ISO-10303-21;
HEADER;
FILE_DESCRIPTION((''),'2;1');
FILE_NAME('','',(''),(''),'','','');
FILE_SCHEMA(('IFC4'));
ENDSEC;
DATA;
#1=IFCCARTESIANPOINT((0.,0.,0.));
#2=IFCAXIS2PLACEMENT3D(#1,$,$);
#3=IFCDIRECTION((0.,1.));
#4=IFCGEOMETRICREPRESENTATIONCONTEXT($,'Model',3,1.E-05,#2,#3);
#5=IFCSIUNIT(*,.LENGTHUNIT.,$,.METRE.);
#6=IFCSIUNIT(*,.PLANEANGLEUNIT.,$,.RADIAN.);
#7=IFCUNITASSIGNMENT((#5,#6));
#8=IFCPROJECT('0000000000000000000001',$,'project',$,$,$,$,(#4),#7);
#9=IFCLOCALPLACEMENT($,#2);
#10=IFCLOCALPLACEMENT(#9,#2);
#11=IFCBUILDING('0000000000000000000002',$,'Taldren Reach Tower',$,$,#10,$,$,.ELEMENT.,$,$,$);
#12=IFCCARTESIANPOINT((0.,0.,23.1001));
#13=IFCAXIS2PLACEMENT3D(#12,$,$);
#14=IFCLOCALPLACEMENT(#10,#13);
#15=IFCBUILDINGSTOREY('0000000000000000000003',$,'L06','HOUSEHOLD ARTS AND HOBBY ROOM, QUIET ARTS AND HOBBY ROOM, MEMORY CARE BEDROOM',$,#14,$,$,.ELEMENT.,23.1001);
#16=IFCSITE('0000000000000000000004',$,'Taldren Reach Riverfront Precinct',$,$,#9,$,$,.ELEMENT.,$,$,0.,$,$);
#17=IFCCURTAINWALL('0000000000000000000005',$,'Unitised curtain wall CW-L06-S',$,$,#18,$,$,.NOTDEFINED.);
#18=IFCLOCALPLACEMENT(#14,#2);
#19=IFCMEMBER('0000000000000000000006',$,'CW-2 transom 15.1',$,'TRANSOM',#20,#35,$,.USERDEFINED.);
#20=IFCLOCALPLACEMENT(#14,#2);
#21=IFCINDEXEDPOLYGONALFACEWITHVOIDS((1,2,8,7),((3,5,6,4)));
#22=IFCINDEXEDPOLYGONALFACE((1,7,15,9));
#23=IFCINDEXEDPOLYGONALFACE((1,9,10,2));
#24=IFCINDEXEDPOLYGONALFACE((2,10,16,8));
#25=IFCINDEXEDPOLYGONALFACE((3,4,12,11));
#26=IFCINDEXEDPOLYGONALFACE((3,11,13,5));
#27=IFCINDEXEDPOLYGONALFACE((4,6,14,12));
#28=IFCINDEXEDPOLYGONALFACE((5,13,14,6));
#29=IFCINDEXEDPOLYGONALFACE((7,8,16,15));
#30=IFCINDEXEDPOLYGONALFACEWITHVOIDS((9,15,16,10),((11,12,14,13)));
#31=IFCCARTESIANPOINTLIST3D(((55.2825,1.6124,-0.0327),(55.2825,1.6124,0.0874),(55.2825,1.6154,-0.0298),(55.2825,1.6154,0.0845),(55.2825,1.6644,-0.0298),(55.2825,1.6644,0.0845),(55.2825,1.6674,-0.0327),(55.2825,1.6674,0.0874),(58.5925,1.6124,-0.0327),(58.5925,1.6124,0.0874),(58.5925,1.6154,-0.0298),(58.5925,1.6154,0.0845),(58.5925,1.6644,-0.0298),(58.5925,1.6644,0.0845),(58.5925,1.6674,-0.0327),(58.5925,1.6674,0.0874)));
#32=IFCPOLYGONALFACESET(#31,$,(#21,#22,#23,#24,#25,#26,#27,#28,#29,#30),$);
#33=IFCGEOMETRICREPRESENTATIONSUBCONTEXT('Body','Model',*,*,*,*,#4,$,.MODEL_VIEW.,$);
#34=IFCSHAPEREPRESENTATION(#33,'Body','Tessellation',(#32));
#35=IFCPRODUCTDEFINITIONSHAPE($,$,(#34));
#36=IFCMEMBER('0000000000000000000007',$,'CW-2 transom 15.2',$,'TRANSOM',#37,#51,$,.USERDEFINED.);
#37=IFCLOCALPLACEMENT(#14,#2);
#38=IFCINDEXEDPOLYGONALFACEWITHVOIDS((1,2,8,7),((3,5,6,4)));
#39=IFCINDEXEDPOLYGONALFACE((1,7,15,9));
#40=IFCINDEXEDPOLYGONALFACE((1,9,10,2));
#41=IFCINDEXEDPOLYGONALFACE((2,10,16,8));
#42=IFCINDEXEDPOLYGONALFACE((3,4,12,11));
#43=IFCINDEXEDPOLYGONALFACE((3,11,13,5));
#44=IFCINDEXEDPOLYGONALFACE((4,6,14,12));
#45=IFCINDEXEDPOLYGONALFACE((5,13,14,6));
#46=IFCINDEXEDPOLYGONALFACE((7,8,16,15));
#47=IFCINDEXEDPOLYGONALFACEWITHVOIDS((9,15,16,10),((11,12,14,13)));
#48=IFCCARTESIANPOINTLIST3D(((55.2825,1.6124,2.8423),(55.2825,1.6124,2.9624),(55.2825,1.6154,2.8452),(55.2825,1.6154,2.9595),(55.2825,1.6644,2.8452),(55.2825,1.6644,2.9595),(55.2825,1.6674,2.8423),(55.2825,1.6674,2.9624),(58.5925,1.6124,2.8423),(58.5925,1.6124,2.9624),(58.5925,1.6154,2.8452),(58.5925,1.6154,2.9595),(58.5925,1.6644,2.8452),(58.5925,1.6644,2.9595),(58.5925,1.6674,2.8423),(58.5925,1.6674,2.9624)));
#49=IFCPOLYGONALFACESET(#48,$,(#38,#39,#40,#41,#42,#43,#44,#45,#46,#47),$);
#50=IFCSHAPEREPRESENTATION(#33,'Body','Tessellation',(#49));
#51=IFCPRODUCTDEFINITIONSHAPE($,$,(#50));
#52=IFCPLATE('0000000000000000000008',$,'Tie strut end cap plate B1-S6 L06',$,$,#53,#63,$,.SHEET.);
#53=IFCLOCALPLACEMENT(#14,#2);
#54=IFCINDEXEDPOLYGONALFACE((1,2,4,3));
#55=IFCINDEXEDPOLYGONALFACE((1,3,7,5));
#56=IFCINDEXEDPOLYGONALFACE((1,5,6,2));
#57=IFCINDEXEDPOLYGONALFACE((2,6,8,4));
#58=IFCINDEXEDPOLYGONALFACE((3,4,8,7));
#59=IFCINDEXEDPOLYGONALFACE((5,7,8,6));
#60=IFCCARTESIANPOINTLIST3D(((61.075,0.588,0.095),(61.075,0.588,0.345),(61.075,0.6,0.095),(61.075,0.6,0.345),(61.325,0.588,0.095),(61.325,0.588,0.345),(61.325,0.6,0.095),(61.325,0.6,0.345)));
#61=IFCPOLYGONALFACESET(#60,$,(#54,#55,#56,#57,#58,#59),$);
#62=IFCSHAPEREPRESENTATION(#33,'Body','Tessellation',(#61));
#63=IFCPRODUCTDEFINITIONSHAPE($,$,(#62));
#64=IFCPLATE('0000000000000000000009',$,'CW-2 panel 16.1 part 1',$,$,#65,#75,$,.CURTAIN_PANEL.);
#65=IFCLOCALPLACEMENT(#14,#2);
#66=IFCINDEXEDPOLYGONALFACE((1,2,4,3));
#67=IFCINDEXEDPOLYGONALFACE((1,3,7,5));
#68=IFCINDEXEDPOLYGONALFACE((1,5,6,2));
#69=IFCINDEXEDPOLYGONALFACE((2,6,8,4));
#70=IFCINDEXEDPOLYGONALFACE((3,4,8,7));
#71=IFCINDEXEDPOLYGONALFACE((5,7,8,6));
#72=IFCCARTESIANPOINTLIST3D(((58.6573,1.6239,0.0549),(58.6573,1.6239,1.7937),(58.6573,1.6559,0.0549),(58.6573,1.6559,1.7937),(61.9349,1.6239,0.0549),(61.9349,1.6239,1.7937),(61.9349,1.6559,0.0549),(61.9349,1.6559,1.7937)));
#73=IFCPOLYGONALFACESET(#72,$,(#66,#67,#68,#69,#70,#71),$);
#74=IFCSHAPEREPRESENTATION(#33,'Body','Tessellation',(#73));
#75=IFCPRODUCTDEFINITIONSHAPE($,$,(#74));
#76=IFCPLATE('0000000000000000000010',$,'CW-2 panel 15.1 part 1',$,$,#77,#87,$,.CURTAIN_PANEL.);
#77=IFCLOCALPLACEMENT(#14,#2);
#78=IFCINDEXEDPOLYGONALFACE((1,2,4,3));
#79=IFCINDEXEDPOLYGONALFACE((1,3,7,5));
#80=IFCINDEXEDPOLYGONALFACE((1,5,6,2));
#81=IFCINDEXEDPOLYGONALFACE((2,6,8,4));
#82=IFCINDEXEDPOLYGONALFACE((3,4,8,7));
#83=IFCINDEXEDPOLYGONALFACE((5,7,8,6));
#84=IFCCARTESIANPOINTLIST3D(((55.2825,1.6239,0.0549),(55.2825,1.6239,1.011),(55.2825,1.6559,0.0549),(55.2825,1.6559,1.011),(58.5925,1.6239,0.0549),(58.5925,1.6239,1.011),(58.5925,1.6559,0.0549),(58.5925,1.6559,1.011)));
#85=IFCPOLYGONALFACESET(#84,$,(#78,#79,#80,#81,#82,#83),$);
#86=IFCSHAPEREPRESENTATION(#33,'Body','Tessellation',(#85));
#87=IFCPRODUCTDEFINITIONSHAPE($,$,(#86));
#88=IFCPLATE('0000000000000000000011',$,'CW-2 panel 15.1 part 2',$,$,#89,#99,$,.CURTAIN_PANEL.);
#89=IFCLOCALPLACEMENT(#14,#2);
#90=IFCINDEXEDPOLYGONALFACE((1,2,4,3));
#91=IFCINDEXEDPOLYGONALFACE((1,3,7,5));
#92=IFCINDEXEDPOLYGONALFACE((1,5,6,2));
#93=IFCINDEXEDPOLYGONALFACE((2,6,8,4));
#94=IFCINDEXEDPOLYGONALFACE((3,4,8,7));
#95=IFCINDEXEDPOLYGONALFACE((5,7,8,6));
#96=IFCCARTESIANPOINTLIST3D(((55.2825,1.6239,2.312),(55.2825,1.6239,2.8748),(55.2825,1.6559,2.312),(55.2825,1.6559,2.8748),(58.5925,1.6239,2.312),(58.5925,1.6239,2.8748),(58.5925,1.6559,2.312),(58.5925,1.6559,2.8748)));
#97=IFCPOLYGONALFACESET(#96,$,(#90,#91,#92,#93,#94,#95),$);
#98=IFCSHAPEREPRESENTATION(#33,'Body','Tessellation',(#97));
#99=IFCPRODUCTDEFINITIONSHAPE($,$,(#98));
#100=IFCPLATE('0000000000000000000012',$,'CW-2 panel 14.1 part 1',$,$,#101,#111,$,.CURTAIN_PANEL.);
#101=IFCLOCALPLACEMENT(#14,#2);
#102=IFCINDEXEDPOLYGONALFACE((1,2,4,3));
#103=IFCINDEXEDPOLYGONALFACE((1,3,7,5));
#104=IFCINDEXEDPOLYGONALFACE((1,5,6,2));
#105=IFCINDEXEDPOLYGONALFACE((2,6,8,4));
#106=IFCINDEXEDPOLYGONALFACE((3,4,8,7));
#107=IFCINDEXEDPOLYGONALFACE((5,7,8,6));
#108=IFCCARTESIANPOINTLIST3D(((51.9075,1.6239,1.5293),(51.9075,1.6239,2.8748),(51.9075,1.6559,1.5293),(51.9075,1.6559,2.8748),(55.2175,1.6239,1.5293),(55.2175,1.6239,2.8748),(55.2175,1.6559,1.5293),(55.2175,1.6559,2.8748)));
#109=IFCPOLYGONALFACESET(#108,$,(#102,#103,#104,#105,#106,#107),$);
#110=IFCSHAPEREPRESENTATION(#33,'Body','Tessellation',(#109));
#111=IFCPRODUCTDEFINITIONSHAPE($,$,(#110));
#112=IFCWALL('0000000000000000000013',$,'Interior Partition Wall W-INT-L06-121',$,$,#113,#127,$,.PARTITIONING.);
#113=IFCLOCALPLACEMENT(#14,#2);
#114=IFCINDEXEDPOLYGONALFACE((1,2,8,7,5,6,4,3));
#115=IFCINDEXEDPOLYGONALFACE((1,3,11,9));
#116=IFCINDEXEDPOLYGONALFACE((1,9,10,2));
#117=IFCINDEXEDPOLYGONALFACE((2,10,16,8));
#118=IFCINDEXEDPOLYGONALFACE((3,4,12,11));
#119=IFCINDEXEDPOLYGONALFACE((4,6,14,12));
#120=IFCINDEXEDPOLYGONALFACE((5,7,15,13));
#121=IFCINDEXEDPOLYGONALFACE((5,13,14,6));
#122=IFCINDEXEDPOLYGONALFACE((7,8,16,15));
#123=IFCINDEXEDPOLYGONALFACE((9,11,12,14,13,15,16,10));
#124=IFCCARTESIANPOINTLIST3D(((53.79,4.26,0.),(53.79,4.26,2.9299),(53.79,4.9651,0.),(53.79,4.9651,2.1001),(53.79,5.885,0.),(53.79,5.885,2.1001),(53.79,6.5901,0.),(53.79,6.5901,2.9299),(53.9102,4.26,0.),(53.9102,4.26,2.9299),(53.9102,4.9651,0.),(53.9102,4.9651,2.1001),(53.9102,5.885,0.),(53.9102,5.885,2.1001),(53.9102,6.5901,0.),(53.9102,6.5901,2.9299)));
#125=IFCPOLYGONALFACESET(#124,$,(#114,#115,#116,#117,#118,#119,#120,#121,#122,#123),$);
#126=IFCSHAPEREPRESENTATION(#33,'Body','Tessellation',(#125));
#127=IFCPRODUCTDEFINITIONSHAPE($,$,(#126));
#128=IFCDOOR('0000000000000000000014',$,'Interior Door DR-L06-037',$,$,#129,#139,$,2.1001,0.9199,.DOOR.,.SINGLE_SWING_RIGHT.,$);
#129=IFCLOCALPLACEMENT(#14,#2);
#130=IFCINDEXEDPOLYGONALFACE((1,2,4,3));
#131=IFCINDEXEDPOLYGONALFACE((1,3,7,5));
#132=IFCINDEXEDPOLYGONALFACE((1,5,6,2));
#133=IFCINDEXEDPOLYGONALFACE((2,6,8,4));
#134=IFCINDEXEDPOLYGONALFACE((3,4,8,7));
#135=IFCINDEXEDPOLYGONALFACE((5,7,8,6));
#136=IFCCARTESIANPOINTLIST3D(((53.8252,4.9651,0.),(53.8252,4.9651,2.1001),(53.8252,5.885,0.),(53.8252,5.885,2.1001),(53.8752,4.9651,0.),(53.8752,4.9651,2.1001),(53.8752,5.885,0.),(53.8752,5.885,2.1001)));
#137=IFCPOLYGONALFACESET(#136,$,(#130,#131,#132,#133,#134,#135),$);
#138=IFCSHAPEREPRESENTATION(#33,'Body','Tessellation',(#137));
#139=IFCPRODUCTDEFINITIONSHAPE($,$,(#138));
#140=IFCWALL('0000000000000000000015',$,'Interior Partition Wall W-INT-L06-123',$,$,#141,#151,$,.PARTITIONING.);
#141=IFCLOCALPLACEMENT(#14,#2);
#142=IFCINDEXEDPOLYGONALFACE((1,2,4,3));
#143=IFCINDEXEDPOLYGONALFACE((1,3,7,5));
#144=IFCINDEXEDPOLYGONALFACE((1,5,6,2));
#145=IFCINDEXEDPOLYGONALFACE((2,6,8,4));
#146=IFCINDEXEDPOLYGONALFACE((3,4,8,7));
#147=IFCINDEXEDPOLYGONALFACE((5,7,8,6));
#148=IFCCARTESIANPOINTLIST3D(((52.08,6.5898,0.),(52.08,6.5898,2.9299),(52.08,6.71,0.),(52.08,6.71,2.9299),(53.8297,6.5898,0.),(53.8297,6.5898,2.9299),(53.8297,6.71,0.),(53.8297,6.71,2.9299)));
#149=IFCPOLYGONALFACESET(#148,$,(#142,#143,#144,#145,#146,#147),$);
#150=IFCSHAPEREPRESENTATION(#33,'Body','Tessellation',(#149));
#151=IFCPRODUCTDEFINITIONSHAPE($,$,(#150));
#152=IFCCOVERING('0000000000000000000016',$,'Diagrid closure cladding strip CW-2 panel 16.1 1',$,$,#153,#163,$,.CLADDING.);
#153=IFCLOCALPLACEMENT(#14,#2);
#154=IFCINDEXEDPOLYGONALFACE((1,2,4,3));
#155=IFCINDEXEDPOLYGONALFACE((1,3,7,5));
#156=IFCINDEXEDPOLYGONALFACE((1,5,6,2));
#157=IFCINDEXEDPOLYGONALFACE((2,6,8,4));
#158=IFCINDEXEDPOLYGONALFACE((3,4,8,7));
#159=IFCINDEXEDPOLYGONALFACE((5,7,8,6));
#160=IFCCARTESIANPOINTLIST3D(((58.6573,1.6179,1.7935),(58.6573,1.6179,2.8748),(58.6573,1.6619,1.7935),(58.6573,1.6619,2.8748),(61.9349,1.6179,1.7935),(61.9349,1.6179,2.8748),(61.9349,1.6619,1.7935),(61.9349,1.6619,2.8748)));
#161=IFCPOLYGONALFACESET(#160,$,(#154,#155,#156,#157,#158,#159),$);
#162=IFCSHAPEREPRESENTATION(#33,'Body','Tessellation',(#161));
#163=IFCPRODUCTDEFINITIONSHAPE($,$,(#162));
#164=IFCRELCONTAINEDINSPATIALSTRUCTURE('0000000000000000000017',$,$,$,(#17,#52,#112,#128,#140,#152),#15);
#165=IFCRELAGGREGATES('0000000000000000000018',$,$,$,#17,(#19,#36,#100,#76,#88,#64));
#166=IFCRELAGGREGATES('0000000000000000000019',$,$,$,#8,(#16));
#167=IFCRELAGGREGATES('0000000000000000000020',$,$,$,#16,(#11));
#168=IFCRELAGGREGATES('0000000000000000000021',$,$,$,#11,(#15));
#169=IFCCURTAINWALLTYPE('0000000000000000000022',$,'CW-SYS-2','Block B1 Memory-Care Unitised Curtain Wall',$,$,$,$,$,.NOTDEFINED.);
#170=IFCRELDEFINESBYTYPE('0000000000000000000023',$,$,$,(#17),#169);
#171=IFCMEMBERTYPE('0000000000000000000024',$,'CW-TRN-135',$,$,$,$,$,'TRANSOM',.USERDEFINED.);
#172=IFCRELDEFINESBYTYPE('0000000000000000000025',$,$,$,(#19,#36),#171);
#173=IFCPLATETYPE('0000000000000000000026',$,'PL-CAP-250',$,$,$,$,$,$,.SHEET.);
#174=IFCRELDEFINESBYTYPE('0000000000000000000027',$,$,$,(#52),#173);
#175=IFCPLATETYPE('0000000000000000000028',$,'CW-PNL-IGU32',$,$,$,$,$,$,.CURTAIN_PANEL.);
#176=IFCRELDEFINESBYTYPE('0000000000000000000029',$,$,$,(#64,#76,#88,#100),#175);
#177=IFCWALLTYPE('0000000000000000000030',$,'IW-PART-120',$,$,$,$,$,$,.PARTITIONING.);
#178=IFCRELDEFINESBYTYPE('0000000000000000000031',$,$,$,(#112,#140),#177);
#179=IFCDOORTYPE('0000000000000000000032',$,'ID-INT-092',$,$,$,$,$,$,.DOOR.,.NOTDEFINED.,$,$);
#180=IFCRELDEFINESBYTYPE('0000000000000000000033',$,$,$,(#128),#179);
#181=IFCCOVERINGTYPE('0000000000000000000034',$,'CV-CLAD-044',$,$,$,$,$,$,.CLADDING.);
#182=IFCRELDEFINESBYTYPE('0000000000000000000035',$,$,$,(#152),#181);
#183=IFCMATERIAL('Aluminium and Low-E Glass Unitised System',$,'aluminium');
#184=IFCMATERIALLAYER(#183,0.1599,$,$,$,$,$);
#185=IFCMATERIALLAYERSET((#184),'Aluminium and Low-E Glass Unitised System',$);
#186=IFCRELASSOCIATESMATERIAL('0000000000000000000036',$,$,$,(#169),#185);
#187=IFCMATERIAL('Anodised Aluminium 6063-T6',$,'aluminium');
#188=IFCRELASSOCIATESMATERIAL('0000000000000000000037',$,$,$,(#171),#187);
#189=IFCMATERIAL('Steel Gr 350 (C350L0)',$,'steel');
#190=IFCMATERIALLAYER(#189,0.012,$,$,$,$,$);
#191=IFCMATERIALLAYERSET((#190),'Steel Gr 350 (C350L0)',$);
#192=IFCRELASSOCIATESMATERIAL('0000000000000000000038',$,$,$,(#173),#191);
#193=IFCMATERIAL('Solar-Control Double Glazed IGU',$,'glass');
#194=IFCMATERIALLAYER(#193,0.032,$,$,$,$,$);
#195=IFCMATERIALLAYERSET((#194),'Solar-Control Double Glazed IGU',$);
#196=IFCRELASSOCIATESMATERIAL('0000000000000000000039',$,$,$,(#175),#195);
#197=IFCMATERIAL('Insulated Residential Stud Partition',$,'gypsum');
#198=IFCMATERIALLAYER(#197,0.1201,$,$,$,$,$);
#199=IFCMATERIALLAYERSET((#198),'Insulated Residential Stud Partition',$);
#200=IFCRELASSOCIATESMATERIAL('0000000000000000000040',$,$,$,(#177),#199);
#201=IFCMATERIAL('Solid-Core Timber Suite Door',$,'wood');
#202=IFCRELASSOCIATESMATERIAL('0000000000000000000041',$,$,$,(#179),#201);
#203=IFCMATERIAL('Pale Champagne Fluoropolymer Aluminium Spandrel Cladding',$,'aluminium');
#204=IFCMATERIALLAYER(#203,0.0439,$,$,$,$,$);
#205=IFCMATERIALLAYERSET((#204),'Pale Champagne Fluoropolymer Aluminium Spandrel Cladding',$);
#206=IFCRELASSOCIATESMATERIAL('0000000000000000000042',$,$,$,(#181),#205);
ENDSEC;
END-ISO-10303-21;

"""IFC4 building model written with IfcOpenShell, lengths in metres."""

from ifc_helpers import new_model, si_unit, direction, frame, frame_2d, origin, origin_2d, place, context, subcontext, project, spatial, rectangle, hollow_rectangle, extrude, source, transform, mapped, material, layer, layer_set, material_profile, profile_set, type_object, element, fill, aggregate, save


model = new_model("IFC4")

# Units and contexts
model_context = context("Model", 3, precision=1e-05, world=origin(), true_north=direction((0.0, 1.0)))
body_context = subcontext(model_context, "Body", "Model", "MODEL_VIEW")
ifc_project = project(units=[si_unit("LENGTHUNIT", "METRE"), si_unit("PLANEANGLEUNIT", "RADIAN")], contexts=[model_context])

# Site, building, storey
site_placement = place(None, origin())
site = spatial("IfcSite", under=ifc_project, at=site_placement, Name="Taldren Reach Riverfront Precinct", CompositionType="ELEMENT", RefElevation=0.0)
building_placement = place(site_placement, origin())
building = spatial("IfcBuilding", under=site, at=building_placement, Name="Taldren Reach Tower", CompositionType="ELEMENT")
storey_placement = place(building_placement, frame((0.0, 0.0, 23.1001)))
storey = spatial("IfcBuildingStorey", under=building, at=storey_placement, Name="L06", Description="HOUSEHOLD ARTS AND HOBBY ROOM, QUIET ARTS AND HOBBY ROOM, MEMORY CARE BEDROOM", CompositionType="ELEMENT", Elevation=23.1001)

# Shared definitions
ifc_material_1 = material(Name="Steel Gr 350 (C350L0)", Category="steel")

# Curtain wall, members
ifc_material_2 = material(Name="Aluminium and Low-E Glass Unitised System", Category="aluminium")
ifc_layer_1 = layer(ifc_material_2, 0.1599)
ifc_layer_set_1 = layer_set([ifc_layer_1], Name="Aluminium and Low-E Glass Unitised System")
curtain_wall_type = type_object("IfcCurtainWallType", Name="CW-SYS-2", Description="Block B1 Memory-Care Unitised Curtain Wall", PredefinedType="NOTDEFINED", material=ifc_layer_set_1)
curtain_wall_placement = place(storey_placement, origin())
curtain_wall = element("IfcCurtainWall", 1, at=curtain_wall_placement, inside=storey, type_object=curtain_wall_type, Name="Unitised curtain wall CW-L06-S", PredefinedType="NOTDEFINED")
ifc_material_3 = material(Name="Anodised Aluminium 6063-T6", Category="aluminium")
ifc_material_profile_1 = material_profile(ifc_material_3, hollow_rectangle(XDim=0.0549, YDim=0.1201, WallThickness=0.0029, at=origin_2d()), Name="ALU-120x55x3RHS")
ifc_profile_set_1 = profile_set([ifc_material_profile_1], Name="Anodised Aluminium 6063-T6")
member_type_1 = type_object("IfcMemberType", Name="CW-TRN-135", ElementType="TRANSOM", PredefinedType="USERDEFINED", material=ifc_profile_set_1)
shared_shape_1 = source(origin(), body_context, "Body", "SweptSolid", [
    extrude(hollow_rectangle(XDim=0.0549, YDim=0.1201, WallThickness=0.0029, at=origin_2d()), origin(), (0.0, 0.0, 1.0), 3.3101),
])
member_1_placement = place(storey_placement, frame((55.2825, 1.6399, 0.0273), z_axis=(1.0, 0.0, 0.0), x_axis=(0.0, 1.0, 0.0)))
member_1 = element("IfcMember", 2, at=member_1_placement, type_object=member_type_1, Name="CW-2 transom 15.1", ObjectType="TRANSOM", PredefinedType="USERDEFINED", context=body_context, shape_type="MappedRepresentation", body=[
    mapped(shared_shape_1, transform((0.0, 0.0, 0.0), scale=1.0)),
])
member_2_placement = place(storey_placement, frame((55.2825, 1.6399, 2.9023), z_axis=(1.0, 0.0, 0.0), x_axis=(0.0, 1.0, 0.0)))
member_2 = element("IfcMember", 3, at=member_2_placement, type_object=member_type_1, Name="CW-2 transom 15.2", ObjectType="TRANSOM", PredefinedType="USERDEFINED", context=body_context, shape_type="MappedRepresentation", body=[
    mapped(shared_shape_1, transform((0.0, 0.0, 0.0), scale=1.0)),
])

# Plates
ifc_layer_2 = layer(ifc_material_1, 0.012)
ifc_layer_set_2 = layer_set([ifc_layer_2], Name="Steel Gr 350 (C350L0)")
plate_type_1 = type_object("IfcPlateType", Name="PL-CAP-250", PredefinedType="SHEET", material=ifc_layer_set_2)
shared_shape_2 = source(origin(), body_context, "Body", "SweptSolid", [
    extrude(rectangle(XDim=0.25, YDim=0.012, at=origin_2d()), origin(), (0.0, 0.0, 1.0), 0.25),
])
plate_1_placement = place(storey_placement, frame((61.2, 0.594, 0.095), z_axis=(0.0, 0.0, 1.0), x_axis=(1.0, 0.0, 0.0)))
element("IfcPlate", 4, at=plate_1_placement, inside=storey, type_object=plate_type_1, Name="Tie strut end cap plate B1-S6 L06", PredefinedType="SHEET", context=body_context, shape_type="MappedRepresentation", body=[
    mapped(shared_shape_2, transform((0.0, 0.0, 0.0), scale=1.0)),
])
ifc_material_4 = material(Name="Solar-Control Double Glazed IGU", Category="glass")
ifc_layer_3 = layer(ifc_material_4, 0.032)
ifc_layer_set_3 = layer_set([ifc_layer_3], Name="Solar-Control Double Glazed IGU")
plate_type_2 = type_object("IfcPlateType", Name="CW-PNL-IGU32", PredefinedType="CURTAIN_PANEL", material=ifc_layer_set_3)
shared_shape_3 = source(origin(), body_context, "Body", "SweptSolid", [
    extrude(rectangle(XDim=3.2776, YDim=0.032, at=origin_2d()), origin(), (0.0, 0.0, 1.0), 1.7388),
])
plate_2_placement = place(storey_placement, frame((60.2961, 1.6399, 0.0549), z_axis=(0.0, 0.0, 1.0), x_axis=(1.0, 0.0, 0.0)))
plate_2 = element("IfcPlate", 5, at=plate_2_placement, type_object=plate_type_2, Name="CW-2 panel 16.1 part 1", PredefinedType="CURTAIN_PANEL", context=body_context, shape_type="MappedRepresentation", body=[
    mapped(shared_shape_3, transform((0.0, 0.0, 0.0), scale=1.0)),
])
shared_shape_4 = source(origin(), body_context, "Body", "SweptSolid", [
    extrude(rectangle(XDim=3.3101, YDim=0.032, at=origin_2d()), origin(), (0.0, 0.0, 1.0), 0.9561),
])
plate_3_placement = place(storey_placement, frame((56.9375, 1.6399, 0.0549), z_axis=(0.0, 0.0, 1.0), x_axis=(1.0, 0.0, 0.0)))
plate_3 = element("IfcPlate", 6, at=plate_3_placement, type_object=plate_type_2, Name="CW-2 panel 15.1 part 1", PredefinedType="CURTAIN_PANEL", context=body_context, shape_type="MappedRepresentation", body=[
    mapped(shared_shape_4, transform((0.0, 0.0, 0.0), scale=1.0)),
])
shared_shape_5 = source(origin(), body_context, "Body", "SweptSolid", [
    extrude(rectangle(XDim=3.3101, YDim=0.032, at=origin_2d()), origin(), (0.0, 0.0, 1.0), 0.5627),
])
plate_4_placement = place(storey_placement, frame((56.9375, 1.6399, 2.312), z_axis=(0.0, 0.0, 1.0), x_axis=(1.0, 0.0, 0.0)))
plate_4 = element("IfcPlate", 7, at=plate_4_placement, type_object=plate_type_2, Name="CW-2 panel 15.1 part 2", PredefinedType="CURTAIN_PANEL", context=body_context, shape_type="MappedRepresentation", body=[
    mapped(shared_shape_5, transform((0.0, 0.0, 0.0), scale=1.0)),
])
shared_shape_6 = source(origin(), body_context, "Body", "SweptSolid", [
    extrude(rectangle(XDim=3.3101, YDim=0.032, at=origin_2d()), origin(), (0.0, 0.0, 1.0), 1.3455),
])
plate_5_placement = place(storey_placement, frame((53.5625, 1.6399, 1.5293), z_axis=(0.0, 0.0, 1.0), x_axis=(1.0, 0.0, 0.0)))
plate_5 = element("IfcPlate", 8, at=plate_5_placement, type_object=plate_type_2, Name="CW-2 panel 14.1 part 1", PredefinedType="CURTAIN_PANEL", context=body_context, shape_type="MappedRepresentation", body=[
    mapped(shared_shape_6, transform((0.0, 0.0, 0.0), scale=1.0)),
])
aggregate(curtain_wall, [member_1, member_2, plate_5, plate_3, plate_4, plate_2])

# Wall, opening, door
ifc_material_5 = material(Name="Insulated Residential Stud Partition", Category="gypsum")
ifc_layer_4 = layer(ifc_material_5, 0.1201)
ifc_layer_set_4 = layer_set([ifc_layer_4], Name="Insulated Residential Stud Partition")
wall_type = type_object("IfcWallType", Name="IW-PART-120", PredefinedType="PARTITIONING", material=ifc_layer_set_4)
shared_shape_7 = source(origin(), body_context, "Body", "SweptSolid", [
    extrude(rectangle(XDim=2.3301, YDim=0.1201, at=frame_2d((1.165, 0.0))), origin(), (0.0, 0.0, 1.0), 2.9299),
])
wall_1_placement = place(storey_placement, frame((53.8501, 4.26, 0.0), z_axis=(0.0, 0.0, 1.0), x_axis=(0.0, 1.0, 0.0)))
wall_1 = element("IfcWall", 9, at=wall_1_placement, inside=storey, type_object=wall_type, Name="Interior Partition Wall W-INT-L06-121", PredefinedType="PARTITIONING", context=body_context, shape_type="MappedRepresentation", body=[
    mapped(shared_shape_7, transform((0.0, 0.0, 0.0), scale=1.0)),
])
shared_shape_8 = source(origin(), body_context, "Body", "SweptSolid", [
    extrude(rectangle(XDim=0.9199, YDim=2.1001, at=frame_2d((0.46, 1.05))), frame((0.0, 0.0701, 0.0), z_axis=(0.0, -1.0, 0.0), x_axis=(1.0, 0.0, 0.0)), (0.0, 0.0, 1.0), 0.1401),
])
opening_placement = place(wall_1_placement, frame((0.7051, 0.0, 0.0)))
opening = element("IfcOpeningElement", 10, at=opening_placement, cuts=wall_1, PredefinedType="OPENING", context=body_context, shape_type="MappedRepresentation", body=[
    mapped(shared_shape_8, transform((0.0, 0.0, 0.0), scale=1.0)),
])
ifc_material_6 = material(Name="Solid-Core Timber Suite Door", Category="wood")
door_type = type_object("IfcDoorType", Name="ID-INT-092", OperationType="NOTDEFINED", PredefinedType="DOOR", material=ifc_material_6)
shared_shape_9 = source(origin(), body_context, "Body", "SweptSolid", [
    extrude(rectangle(XDim=0.9199, YDim=2.1001, at=frame_2d((0.46, 1.05))), frame((0.0, 0.0249, 0.0), z_axis=(0.0, -1.0, 0.0), x_axis=(1.0, 0.0, 0.0)), (0.0, 0.0, 1.0), 0.05),
])
door_placement = place(opening_placement, origin())
door = element("IfcDoor", 11, at=door_placement, inside=storey, type_object=door_type, Name="Interior Door DR-L06-037", OperationType="SINGLE_SWING_RIGHT", OverallHeight=2.1001, OverallWidth=0.9199, PredefinedType="DOOR", context=body_context, shape_type="MappedRepresentation", body=[
    mapped(shared_shape_9, transform((0.0, 0.0, 0.0), scale=1.0)),
])
fill(opening, door)

# Wall
shared_shape_10 = source(origin(), body_context, "Body", "SweptSolid", [
    extrude(rectangle(XDim=1.7498, YDim=0.1201, at=frame_2d((0.875, 0.0))), origin(), (0.0, 0.0, 1.0), 2.9299),
])
wall_2_placement = place(storey_placement, frame((53.8298, 6.6499, 0.0), z_axis=(0.0, 0.0, 1.0), x_axis=(-1.0, 0.0, 0.0)))
element("IfcWall", 12, at=wall_2_placement, inside=storey, type_object=wall_type, Name="Interior Partition Wall W-INT-L06-123", PredefinedType="PARTITIONING", context=body_context, shape_type="MappedRepresentation", body=[
    mapped(shared_shape_10, transform((0.0, 0.0, 0.0), scale=1.0)),
])

# Covering
ifc_material_7 = material(Name="Pale Champagne Fluoropolymer Aluminium Spandrel Cladding", Category="aluminium")
ifc_layer_5 = layer(ifc_material_7, 0.0439)
ifc_layer_set_5 = layer_set([ifc_layer_5], Name="Pale Champagne Fluoropolymer Aluminium Spandrel Cladding")
covering_type = type_object("IfcCoveringType", Name="CV-CLAD-044", PredefinedType="CLADDING", material=ifc_layer_set_5)
shared_shape_11 = source(origin(), body_context, "Body", "SweptSolid", [
    extrude(rectangle(XDim=3.2776, YDim=0.0439, at=origin_2d()), origin(), (0.0, 0.0, 1.0), 1.0813),
])
covering_1_placement = place(storey_placement, frame((60.2961, 1.6399, 1.7935), z_axis=(0.0, 0.0, 1.0), x_axis=(1.0, 0.0, 0.0)))
element("IfcCovering", 13, at=covering_1_placement, inside=storey, type_object=covering_type, Name="Diagrid closure cladding strip CW-2 panel 16.1 1", PredefinedType="CLADDING", context=body_context, shape_type="MappedRepresentation", body=[
    mapped(shared_shape_11, transform((0.0, 0.0, 0.0), scale=1.0)),
])

save(model, "model.ifc")
